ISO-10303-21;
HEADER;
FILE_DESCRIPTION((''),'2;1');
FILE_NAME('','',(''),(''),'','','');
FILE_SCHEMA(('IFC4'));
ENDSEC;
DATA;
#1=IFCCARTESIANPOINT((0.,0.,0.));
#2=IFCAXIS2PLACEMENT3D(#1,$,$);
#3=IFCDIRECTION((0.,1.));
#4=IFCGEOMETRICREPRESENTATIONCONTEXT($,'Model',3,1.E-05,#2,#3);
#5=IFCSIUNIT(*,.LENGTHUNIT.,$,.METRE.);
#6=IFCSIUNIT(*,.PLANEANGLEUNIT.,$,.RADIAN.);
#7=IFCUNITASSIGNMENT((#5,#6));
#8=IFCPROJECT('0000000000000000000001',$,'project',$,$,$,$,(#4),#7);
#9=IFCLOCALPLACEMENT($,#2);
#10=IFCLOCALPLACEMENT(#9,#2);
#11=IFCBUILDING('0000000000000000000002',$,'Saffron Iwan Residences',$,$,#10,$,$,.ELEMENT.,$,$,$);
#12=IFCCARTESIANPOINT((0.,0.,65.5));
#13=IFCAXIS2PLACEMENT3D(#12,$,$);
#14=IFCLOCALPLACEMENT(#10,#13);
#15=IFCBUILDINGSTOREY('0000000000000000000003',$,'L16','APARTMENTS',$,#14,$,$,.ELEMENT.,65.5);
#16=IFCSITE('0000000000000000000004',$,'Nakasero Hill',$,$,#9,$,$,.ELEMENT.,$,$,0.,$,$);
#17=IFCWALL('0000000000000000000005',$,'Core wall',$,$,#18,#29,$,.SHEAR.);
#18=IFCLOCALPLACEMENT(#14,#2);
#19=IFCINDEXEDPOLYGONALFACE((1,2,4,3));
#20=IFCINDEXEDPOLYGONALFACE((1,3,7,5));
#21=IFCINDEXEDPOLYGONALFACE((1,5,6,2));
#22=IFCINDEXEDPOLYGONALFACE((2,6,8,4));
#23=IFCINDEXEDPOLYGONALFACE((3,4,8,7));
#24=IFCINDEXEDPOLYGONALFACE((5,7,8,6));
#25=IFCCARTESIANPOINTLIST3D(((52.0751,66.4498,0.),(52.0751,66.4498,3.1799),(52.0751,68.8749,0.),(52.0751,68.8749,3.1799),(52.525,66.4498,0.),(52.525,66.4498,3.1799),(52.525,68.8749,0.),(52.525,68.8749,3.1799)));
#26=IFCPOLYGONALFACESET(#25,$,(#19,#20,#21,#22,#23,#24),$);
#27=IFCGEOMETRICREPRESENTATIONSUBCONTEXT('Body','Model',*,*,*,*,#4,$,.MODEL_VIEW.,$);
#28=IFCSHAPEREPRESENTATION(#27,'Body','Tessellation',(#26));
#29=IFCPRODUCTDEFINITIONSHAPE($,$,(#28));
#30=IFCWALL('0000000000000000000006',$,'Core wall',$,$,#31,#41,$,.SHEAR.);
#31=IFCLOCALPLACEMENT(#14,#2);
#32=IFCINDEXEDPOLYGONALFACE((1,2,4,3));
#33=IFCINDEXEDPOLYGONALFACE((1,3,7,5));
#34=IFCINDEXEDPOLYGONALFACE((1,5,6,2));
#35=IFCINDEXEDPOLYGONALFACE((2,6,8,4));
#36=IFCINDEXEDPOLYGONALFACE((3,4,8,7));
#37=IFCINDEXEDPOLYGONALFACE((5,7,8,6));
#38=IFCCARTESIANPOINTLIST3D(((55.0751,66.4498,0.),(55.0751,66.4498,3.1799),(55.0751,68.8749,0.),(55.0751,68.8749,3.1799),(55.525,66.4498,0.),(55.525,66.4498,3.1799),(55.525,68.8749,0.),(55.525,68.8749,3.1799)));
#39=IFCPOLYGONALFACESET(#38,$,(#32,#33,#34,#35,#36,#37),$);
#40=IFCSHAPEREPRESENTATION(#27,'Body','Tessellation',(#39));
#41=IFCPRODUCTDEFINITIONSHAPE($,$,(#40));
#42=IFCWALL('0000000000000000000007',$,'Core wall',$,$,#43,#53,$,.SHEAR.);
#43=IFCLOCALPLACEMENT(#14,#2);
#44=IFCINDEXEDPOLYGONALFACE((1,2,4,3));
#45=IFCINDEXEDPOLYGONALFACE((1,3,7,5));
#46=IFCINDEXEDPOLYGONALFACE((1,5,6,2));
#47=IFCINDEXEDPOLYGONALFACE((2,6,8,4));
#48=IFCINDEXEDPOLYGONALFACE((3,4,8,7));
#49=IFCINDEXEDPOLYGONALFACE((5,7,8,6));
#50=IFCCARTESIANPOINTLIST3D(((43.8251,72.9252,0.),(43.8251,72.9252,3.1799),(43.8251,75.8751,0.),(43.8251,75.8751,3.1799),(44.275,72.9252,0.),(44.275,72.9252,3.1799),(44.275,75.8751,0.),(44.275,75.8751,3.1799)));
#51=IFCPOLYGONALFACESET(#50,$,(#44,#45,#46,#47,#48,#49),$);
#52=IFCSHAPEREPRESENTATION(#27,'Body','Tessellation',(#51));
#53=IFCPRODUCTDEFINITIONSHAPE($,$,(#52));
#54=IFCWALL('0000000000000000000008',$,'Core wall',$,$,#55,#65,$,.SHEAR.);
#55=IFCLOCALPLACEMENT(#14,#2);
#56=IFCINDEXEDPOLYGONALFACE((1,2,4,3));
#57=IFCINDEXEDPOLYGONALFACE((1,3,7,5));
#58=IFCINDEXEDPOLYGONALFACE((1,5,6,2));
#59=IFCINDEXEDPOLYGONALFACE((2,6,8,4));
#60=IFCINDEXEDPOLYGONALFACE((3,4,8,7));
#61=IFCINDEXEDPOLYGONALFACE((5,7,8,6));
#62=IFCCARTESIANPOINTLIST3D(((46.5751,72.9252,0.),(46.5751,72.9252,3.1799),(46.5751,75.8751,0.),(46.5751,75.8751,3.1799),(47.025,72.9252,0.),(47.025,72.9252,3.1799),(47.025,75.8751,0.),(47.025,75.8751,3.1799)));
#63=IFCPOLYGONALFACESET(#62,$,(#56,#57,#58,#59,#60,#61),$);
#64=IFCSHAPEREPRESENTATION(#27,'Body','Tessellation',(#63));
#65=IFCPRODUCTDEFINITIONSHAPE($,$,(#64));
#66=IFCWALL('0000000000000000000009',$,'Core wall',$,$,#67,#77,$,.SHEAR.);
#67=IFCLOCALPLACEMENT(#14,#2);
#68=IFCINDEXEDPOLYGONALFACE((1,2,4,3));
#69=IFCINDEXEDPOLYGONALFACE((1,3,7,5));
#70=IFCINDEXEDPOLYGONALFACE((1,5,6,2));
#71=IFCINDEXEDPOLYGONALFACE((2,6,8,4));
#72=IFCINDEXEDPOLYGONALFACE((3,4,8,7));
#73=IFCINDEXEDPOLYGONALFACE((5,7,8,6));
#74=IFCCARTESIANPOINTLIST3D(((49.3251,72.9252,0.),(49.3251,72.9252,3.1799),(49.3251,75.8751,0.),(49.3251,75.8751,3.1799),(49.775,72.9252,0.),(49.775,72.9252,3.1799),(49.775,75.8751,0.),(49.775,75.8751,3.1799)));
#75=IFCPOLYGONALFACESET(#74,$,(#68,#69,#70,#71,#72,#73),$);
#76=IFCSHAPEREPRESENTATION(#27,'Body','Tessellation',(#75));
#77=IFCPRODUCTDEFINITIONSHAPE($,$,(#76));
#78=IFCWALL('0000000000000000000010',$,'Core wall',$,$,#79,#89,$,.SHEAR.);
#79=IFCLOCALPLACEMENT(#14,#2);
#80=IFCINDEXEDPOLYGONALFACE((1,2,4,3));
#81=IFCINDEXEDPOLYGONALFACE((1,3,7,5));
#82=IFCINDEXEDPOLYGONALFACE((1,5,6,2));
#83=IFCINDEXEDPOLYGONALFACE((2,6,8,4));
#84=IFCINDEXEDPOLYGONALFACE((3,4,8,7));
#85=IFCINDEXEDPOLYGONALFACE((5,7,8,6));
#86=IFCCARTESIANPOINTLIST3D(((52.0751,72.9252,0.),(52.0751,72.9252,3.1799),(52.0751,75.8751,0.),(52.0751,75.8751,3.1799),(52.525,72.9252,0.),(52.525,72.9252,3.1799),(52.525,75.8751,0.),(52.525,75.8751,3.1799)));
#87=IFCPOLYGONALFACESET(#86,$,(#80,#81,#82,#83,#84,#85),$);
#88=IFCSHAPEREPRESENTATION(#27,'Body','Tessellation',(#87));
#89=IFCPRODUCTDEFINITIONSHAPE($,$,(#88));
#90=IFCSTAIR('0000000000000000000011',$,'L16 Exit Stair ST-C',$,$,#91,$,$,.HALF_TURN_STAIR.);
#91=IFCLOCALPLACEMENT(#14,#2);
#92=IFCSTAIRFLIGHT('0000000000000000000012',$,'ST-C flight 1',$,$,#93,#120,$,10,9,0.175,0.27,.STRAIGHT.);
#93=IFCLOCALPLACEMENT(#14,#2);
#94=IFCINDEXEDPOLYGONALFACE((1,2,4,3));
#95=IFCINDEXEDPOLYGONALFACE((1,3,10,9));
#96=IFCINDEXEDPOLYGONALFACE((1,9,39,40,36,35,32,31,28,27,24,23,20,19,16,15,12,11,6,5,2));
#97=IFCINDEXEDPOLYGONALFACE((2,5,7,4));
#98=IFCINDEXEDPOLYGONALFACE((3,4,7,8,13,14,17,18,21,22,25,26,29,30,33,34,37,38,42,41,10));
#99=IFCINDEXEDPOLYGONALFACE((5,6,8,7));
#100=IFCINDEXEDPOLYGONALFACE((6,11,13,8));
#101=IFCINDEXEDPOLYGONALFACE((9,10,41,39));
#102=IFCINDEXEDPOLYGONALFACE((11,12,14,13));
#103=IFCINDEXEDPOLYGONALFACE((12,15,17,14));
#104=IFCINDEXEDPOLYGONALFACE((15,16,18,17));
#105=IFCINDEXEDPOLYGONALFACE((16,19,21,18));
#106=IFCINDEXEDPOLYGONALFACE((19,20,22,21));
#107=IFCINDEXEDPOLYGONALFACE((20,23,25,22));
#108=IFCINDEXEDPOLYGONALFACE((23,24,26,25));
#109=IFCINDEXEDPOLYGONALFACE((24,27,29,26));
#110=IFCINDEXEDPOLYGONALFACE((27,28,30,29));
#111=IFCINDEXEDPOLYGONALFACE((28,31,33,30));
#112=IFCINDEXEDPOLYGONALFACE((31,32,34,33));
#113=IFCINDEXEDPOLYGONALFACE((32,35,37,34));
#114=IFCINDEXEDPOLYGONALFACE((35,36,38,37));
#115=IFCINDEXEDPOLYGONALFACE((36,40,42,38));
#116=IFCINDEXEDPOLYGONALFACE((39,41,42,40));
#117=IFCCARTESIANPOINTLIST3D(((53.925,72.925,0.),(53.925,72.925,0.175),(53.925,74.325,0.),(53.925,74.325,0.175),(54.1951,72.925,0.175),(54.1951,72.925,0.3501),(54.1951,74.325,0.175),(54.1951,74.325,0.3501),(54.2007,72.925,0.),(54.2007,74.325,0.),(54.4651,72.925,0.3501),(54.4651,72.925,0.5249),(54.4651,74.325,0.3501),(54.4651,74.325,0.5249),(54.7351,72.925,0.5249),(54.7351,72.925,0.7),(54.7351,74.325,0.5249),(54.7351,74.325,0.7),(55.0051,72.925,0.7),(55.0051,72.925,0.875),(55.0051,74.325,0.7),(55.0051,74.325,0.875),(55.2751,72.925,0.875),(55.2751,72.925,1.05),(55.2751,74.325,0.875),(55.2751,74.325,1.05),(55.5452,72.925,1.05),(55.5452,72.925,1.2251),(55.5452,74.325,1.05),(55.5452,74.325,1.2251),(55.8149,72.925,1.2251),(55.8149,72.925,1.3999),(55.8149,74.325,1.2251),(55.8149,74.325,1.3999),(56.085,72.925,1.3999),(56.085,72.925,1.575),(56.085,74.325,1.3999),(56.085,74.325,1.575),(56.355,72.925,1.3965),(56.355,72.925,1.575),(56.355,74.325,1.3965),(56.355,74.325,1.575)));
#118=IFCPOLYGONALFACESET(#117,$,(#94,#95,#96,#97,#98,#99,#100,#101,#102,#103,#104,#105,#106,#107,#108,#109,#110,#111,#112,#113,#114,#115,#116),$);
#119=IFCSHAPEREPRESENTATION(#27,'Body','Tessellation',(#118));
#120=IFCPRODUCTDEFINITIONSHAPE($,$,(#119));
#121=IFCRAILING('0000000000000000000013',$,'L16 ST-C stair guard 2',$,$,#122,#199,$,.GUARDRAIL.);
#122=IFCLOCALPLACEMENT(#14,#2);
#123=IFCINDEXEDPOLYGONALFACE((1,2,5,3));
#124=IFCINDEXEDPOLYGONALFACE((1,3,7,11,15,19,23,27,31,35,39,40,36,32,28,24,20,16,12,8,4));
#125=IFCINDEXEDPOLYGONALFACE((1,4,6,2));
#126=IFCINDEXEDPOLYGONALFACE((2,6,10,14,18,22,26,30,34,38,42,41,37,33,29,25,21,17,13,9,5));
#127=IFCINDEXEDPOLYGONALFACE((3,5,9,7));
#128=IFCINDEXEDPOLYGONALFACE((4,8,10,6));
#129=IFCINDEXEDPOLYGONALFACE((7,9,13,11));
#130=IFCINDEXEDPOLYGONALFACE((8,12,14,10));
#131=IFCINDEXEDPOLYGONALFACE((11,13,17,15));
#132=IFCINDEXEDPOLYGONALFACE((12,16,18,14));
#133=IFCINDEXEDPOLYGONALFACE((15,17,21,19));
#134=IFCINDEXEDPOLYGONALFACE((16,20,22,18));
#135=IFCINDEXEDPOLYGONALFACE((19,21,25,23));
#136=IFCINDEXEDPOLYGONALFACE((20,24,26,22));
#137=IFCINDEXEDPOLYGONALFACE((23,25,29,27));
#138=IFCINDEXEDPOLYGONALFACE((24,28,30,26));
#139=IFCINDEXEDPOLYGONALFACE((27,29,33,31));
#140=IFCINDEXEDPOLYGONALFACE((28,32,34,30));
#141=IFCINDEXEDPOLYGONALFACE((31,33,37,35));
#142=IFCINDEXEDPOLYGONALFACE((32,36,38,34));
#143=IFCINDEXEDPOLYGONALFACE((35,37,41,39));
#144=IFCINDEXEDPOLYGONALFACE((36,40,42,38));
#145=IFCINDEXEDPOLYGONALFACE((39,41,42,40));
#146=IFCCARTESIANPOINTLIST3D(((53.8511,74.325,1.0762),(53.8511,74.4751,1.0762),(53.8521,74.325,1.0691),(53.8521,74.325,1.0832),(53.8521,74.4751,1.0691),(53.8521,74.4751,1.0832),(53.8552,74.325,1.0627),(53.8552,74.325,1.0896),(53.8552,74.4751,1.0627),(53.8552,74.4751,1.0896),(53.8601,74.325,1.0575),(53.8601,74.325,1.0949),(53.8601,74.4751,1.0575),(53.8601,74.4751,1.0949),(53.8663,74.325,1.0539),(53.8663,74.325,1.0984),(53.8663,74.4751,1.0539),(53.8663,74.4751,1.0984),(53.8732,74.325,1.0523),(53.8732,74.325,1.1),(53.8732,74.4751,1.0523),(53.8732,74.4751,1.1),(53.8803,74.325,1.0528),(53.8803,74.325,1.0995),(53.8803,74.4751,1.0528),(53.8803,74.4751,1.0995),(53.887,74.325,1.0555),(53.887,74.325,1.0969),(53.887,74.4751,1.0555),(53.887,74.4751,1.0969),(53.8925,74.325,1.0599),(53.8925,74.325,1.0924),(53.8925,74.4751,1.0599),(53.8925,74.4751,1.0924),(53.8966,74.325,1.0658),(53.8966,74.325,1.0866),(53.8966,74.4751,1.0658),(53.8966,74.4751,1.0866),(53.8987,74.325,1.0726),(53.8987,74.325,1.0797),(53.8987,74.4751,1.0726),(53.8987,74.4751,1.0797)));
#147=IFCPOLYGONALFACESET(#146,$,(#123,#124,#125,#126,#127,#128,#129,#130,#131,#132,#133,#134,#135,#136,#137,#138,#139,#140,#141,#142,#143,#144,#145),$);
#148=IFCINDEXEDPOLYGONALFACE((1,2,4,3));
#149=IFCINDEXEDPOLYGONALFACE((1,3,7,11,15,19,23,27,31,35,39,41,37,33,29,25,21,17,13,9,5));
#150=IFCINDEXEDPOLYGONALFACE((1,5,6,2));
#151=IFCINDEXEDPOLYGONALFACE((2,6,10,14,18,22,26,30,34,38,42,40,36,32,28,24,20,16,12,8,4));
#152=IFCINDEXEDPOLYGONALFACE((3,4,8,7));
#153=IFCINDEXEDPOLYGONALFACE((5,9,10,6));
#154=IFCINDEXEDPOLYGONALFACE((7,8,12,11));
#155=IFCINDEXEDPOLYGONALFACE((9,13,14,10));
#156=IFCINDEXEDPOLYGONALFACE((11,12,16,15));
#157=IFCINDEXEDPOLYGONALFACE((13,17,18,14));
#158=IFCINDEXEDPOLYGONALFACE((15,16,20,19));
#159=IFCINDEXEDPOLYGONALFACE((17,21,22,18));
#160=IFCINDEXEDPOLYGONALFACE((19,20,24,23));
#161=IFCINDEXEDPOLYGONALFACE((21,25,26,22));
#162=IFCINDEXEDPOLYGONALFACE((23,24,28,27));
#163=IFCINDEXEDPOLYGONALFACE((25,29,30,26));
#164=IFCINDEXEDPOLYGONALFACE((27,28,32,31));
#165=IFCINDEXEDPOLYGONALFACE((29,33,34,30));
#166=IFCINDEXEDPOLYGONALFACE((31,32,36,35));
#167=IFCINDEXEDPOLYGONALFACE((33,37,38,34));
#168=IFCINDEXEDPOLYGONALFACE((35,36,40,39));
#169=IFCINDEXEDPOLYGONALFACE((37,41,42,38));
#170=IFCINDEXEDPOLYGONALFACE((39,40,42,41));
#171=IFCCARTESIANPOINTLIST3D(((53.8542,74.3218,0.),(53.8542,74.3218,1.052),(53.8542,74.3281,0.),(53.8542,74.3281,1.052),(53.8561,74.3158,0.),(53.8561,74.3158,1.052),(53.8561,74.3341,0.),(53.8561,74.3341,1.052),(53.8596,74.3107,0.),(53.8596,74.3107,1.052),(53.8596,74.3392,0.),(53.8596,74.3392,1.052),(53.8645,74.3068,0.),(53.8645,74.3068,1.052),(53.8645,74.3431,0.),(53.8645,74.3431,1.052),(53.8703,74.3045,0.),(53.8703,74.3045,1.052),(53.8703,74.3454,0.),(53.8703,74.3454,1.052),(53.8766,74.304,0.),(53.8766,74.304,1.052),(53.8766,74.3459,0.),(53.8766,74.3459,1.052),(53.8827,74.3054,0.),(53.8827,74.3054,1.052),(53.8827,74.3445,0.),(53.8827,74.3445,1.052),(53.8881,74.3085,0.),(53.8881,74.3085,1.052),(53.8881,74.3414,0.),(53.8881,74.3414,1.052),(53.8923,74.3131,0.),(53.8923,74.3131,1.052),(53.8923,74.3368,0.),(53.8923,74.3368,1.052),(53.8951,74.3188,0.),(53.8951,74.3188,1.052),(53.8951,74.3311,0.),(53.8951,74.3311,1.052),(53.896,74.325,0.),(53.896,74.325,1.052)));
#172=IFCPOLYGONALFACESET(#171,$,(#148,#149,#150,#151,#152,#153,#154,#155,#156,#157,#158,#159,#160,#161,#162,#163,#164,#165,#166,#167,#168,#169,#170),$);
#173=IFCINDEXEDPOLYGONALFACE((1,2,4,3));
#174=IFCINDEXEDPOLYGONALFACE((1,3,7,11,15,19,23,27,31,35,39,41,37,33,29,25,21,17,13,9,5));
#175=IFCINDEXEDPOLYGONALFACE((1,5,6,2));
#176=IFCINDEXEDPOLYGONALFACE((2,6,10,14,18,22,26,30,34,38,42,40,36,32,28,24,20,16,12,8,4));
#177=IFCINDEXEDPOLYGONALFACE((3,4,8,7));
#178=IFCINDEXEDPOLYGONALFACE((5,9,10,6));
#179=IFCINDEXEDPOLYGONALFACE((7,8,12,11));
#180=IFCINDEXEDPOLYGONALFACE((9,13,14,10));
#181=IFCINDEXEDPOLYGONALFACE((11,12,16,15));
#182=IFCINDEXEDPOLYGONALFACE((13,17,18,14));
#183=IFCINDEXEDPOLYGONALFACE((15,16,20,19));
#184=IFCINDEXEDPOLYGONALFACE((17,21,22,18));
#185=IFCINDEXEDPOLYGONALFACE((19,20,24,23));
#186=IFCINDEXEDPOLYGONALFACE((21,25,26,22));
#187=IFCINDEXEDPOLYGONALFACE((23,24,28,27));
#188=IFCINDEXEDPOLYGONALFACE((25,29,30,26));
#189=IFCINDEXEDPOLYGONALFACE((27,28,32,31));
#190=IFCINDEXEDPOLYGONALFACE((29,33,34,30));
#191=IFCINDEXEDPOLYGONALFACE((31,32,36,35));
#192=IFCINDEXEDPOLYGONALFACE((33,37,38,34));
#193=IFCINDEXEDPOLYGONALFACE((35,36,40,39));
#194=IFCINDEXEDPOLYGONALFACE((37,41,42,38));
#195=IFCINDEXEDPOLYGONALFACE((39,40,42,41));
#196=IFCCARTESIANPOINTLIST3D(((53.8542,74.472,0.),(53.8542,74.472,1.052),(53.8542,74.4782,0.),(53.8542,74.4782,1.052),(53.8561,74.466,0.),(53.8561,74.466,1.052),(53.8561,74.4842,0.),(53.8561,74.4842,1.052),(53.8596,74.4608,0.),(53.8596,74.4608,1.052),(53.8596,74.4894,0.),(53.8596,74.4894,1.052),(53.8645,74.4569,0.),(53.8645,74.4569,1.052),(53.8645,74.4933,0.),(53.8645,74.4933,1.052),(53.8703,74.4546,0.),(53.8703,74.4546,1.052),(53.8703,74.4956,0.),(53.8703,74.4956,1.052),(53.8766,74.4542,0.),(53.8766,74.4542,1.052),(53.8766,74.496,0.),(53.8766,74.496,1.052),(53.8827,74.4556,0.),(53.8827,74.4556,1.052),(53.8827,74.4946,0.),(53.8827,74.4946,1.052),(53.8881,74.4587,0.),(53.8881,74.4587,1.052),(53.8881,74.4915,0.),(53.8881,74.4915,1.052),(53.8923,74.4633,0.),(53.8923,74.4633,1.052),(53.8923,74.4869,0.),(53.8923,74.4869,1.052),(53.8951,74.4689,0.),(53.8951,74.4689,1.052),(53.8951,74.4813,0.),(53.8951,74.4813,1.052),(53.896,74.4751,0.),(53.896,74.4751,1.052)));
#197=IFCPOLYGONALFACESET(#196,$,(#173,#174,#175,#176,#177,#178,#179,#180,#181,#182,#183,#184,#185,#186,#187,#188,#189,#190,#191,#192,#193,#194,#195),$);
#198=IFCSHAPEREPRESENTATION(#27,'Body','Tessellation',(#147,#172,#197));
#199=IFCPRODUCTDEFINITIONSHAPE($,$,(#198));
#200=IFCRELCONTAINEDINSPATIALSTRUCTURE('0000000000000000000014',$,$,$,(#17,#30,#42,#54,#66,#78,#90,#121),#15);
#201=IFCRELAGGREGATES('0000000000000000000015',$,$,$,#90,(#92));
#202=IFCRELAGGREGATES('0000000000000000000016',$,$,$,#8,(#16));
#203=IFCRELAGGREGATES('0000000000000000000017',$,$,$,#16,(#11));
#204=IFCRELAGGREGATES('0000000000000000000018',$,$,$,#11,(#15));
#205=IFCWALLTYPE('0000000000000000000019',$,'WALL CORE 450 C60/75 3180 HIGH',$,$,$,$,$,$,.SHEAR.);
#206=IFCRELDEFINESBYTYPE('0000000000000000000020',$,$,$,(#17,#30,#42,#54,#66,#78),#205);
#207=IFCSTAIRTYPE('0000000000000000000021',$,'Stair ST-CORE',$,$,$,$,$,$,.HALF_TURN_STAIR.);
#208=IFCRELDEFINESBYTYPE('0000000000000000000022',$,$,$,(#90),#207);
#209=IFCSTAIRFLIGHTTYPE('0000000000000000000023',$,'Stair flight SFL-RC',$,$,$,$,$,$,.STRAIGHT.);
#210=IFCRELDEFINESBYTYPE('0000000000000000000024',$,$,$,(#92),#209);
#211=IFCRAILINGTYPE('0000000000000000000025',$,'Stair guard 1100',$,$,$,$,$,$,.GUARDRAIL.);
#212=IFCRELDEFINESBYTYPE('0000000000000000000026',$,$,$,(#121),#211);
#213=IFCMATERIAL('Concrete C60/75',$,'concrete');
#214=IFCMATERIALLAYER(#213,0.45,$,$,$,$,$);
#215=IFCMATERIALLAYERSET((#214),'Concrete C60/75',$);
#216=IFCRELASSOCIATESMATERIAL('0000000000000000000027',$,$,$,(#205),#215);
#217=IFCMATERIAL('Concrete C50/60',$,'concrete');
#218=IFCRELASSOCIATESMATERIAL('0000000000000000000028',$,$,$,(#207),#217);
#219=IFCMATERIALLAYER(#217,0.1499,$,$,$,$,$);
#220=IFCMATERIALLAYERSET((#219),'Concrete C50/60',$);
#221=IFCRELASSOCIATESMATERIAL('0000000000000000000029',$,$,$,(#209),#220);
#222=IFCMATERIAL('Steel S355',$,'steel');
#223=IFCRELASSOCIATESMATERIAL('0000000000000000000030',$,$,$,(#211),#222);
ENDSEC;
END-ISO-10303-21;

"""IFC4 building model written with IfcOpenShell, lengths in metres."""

from ifc_helpers import new_model, si_unit, direction, frame, frame_2d, origin, origin_2d, place, context, subcontext, project, spatial, polyline, rectangle, circle, outline, extrude, material, layer, layer_set, type_object, element, aggregate, save


model = new_model("IFC4")

# Units and contexts
model_context = context("Model", 3, precision=1e-05, world=origin(), true_north=direction((0.0, 1.0)))
body_context = subcontext(model_context, "Body", "Model", "MODEL_VIEW")
ifc_project = project(units=[si_unit("LENGTHUNIT", "METRE"), si_unit("PLANEANGLEUNIT", "RADIAN")], contexts=[model_context])

# Site, building, storey
site_placement = place(None, origin())
site = spatial("IfcSite", under=ifc_project, at=site_placement, Name="Nakasero Hill", CompositionType="ELEMENT", RefElevation=0.0)
building_placement = place(site_placement, origin())
building = spatial("IfcBuilding", under=site, at=building_placement, Name="Saffron Iwan Residences", CompositionType="ELEMENT")
storey_placement = place(building_placement, frame((0.0, 0.0, 65.5)))
storey = spatial("IfcBuildingStorey", under=building, at=storey_placement, Name="L16", Description="APARTMENTS", CompositionType="ELEMENT", Elevation=65.5)

# Shared definitions
ifc_material_1 = material(Name="Concrete C60/75", Category="concrete")

# Walls
ifc_layer_1 = layer(ifc_material_1, 0.45)
ifc_layer_set_1 = layer_set([ifc_layer_1], Name="Concrete C60/75")
wall_type_1 = type_object("IfcWallType", Name="WALL CORE 450 C60/75 3180 HIGH", PredefinedType="SHEAR", material=ifc_layer_set_1)
for number, where, z_axis, x_axis, name in (
    (1, (52.3, 66.45, 0.0), (0.0, 0.0, 1.0), (0.0, 1.0, 0.0), "Core wall"),
    (2, (55.3, 66.45, 0.0), (0.0, 0.0, 1.0), (0.0, 1.0, 0.0), "Core wall"),
):
    element("IfcWall", number, at=place(storey_placement, frame(where, z_axis=z_axis, x_axis=x_axis)), inside=storey, type_object=wall_type_1, Name=name, PredefinedType="SHEAR", context=body_context, shape_type="SweptSolid", body=[
        extrude(rectangle(XDim=2.425, YDim=0.45, at=frame_2d((1.2124, 0.0))), origin(), (0.0, 0.0, 1.0), 3.1799),
    ])
for number, where, z_axis, x_axis, name in (
    (3, (44.05, 72.925, 0.0), (0.0, 0.0, 1.0), (0.0, 1.0, 0.0), "Core wall"),
    (4, (46.8, 72.925, 0.0), (0.0, 0.0, 1.0), (0.0, 1.0, 0.0), "Core wall"),
    (5, (49.55, 72.925, 0.0), (0.0, 0.0, 1.0), (0.0, 1.0, 0.0), "Core wall"),
    (6, (52.3, 72.925, 0.0), (0.0, 0.0, 1.0), (0.0, 1.0, 0.0), "Core wall"),
):
    element("IfcWall", number, at=place(storey_placement, frame(where, z_axis=z_axis, x_axis=x_axis)), inside=storey, type_object=wall_type_1, Name=name, PredefinedType="SHEAR", context=body_context, shape_type="SweptSolid", body=[
        extrude(rectangle(XDim=2.95, YDim=0.45, at=frame_2d((1.4751, 0.0))), origin(), (0.0, 0.0, 1.0), 3.1799),
    ])

# Stair, stair flight
ifc_material_2 = material(Name="Concrete C50/60", Category="concrete")
stair_type = type_object("IfcStairType", Name="Stair ST-CORE", PredefinedType="HALF_TURN_STAIR", material=ifc_material_2)
stair_placement = place(storey_placement, origin())
stair = element("IfcStair", 7, at=stair_placement, inside=storey, type_object=stair_type, Name="L16 Exit Stair ST-C", PredefinedType="HALF_TURN_STAIR")
ifc_layer_2 = layer(ifc_material_2, 0.1499)
ifc_layer_set_2 = layer_set([ifc_layer_2], Name="Concrete C50/60")
stair_flight_type = type_object("IfcStairFlightType", Name="Stair flight SFL-RC", PredefinedType="STRAIGHT", material=ifc_layer_set_2)
stair_flight_placement = place(storey_placement, frame((53.925, 73.625, 0.0), z_axis=(0.0, 0.0, 1.0), x_axis=(1.0, 0.0, 0.0)))
stair_flight = element("IfcStairFlight", 8, at=stair_flight_placement, type_object=stair_flight_type, Name="ST-C flight 1", NumberOfRisers=10, NumberOfTreads=9, PredefinedType="STRAIGHT", RiserHeight=0.175, TreadLength=0.27, context=body_context, shape_type="SweptSolid", body=[
    extrude(outline(polyline([(0.0, 0.0), (0.0, 0.175), (0.27, 0.175), (0.27, 0.3501), (0.54, 0.3501), (0.54, 0.5249), (0.8101, 0.5249), (0.8101, 0.7), (1.0801, 0.7), (1.0801, 0.875), (1.3501, 0.875), (1.3501, 1.05), (1.6201, 1.05), (1.6201, 1.2251), (1.8899, 1.2251), (1.8899, 1.3999), (2.1599, 1.3999), (2.1599, 1.575), (2.4299, 1.575), (2.4299, 1.75), (2.4299, 1.3965), (0.2756, 0.0), (0.0, 0.0)])), frame((0.0, 0.7, 0.0), z_axis=(0.0, -1.0, 0.0), x_axis=(1.0, 0.0, 0.0)), (0.0, 0.0, 1.0), 1.3999),
])
aggregate(stair, [stair_flight])

# Railing
ifc_material_3 = material(Name="Steel S355", Category="steel")
railing_type_1 = type_object("IfcRailingType", Name="Stair guard 1100", PredefinedType="GUARDRAIL", material=ifc_material_3)
railing_1_placement = place(storey_placement, frame((53.875, 74.325, 0.0)))
element("IfcRailing", 9, at=railing_1_placement, inside=storey, type_object=railing_type_1, Name="L16 ST-C stair guard 2", PredefinedType="GUARDRAIL", context=body_context, shape_type="SweptSolid", body=[
    extrude(circle(Radius=0.0239, at=origin_2d()), frame((0.0, 0.0, 1.0762), z_axis=(0.0, 1.0, 0.0), x_axis=(-1.0, 0.0, 0.0)), (0.0, 0.0, 1.0), 0.1501),
    extrude(circle(Radius=0.021, at=origin_2d()), origin(), (0.0, 0.0, 1.0), 1.052),
    extrude(circle(Radius=0.021, at=origin_2d()), frame((0.0, 0.1501, 0.0)), (0.0, 0.0, 1.0), 1.052),
])

save(model, "model.ifc")
